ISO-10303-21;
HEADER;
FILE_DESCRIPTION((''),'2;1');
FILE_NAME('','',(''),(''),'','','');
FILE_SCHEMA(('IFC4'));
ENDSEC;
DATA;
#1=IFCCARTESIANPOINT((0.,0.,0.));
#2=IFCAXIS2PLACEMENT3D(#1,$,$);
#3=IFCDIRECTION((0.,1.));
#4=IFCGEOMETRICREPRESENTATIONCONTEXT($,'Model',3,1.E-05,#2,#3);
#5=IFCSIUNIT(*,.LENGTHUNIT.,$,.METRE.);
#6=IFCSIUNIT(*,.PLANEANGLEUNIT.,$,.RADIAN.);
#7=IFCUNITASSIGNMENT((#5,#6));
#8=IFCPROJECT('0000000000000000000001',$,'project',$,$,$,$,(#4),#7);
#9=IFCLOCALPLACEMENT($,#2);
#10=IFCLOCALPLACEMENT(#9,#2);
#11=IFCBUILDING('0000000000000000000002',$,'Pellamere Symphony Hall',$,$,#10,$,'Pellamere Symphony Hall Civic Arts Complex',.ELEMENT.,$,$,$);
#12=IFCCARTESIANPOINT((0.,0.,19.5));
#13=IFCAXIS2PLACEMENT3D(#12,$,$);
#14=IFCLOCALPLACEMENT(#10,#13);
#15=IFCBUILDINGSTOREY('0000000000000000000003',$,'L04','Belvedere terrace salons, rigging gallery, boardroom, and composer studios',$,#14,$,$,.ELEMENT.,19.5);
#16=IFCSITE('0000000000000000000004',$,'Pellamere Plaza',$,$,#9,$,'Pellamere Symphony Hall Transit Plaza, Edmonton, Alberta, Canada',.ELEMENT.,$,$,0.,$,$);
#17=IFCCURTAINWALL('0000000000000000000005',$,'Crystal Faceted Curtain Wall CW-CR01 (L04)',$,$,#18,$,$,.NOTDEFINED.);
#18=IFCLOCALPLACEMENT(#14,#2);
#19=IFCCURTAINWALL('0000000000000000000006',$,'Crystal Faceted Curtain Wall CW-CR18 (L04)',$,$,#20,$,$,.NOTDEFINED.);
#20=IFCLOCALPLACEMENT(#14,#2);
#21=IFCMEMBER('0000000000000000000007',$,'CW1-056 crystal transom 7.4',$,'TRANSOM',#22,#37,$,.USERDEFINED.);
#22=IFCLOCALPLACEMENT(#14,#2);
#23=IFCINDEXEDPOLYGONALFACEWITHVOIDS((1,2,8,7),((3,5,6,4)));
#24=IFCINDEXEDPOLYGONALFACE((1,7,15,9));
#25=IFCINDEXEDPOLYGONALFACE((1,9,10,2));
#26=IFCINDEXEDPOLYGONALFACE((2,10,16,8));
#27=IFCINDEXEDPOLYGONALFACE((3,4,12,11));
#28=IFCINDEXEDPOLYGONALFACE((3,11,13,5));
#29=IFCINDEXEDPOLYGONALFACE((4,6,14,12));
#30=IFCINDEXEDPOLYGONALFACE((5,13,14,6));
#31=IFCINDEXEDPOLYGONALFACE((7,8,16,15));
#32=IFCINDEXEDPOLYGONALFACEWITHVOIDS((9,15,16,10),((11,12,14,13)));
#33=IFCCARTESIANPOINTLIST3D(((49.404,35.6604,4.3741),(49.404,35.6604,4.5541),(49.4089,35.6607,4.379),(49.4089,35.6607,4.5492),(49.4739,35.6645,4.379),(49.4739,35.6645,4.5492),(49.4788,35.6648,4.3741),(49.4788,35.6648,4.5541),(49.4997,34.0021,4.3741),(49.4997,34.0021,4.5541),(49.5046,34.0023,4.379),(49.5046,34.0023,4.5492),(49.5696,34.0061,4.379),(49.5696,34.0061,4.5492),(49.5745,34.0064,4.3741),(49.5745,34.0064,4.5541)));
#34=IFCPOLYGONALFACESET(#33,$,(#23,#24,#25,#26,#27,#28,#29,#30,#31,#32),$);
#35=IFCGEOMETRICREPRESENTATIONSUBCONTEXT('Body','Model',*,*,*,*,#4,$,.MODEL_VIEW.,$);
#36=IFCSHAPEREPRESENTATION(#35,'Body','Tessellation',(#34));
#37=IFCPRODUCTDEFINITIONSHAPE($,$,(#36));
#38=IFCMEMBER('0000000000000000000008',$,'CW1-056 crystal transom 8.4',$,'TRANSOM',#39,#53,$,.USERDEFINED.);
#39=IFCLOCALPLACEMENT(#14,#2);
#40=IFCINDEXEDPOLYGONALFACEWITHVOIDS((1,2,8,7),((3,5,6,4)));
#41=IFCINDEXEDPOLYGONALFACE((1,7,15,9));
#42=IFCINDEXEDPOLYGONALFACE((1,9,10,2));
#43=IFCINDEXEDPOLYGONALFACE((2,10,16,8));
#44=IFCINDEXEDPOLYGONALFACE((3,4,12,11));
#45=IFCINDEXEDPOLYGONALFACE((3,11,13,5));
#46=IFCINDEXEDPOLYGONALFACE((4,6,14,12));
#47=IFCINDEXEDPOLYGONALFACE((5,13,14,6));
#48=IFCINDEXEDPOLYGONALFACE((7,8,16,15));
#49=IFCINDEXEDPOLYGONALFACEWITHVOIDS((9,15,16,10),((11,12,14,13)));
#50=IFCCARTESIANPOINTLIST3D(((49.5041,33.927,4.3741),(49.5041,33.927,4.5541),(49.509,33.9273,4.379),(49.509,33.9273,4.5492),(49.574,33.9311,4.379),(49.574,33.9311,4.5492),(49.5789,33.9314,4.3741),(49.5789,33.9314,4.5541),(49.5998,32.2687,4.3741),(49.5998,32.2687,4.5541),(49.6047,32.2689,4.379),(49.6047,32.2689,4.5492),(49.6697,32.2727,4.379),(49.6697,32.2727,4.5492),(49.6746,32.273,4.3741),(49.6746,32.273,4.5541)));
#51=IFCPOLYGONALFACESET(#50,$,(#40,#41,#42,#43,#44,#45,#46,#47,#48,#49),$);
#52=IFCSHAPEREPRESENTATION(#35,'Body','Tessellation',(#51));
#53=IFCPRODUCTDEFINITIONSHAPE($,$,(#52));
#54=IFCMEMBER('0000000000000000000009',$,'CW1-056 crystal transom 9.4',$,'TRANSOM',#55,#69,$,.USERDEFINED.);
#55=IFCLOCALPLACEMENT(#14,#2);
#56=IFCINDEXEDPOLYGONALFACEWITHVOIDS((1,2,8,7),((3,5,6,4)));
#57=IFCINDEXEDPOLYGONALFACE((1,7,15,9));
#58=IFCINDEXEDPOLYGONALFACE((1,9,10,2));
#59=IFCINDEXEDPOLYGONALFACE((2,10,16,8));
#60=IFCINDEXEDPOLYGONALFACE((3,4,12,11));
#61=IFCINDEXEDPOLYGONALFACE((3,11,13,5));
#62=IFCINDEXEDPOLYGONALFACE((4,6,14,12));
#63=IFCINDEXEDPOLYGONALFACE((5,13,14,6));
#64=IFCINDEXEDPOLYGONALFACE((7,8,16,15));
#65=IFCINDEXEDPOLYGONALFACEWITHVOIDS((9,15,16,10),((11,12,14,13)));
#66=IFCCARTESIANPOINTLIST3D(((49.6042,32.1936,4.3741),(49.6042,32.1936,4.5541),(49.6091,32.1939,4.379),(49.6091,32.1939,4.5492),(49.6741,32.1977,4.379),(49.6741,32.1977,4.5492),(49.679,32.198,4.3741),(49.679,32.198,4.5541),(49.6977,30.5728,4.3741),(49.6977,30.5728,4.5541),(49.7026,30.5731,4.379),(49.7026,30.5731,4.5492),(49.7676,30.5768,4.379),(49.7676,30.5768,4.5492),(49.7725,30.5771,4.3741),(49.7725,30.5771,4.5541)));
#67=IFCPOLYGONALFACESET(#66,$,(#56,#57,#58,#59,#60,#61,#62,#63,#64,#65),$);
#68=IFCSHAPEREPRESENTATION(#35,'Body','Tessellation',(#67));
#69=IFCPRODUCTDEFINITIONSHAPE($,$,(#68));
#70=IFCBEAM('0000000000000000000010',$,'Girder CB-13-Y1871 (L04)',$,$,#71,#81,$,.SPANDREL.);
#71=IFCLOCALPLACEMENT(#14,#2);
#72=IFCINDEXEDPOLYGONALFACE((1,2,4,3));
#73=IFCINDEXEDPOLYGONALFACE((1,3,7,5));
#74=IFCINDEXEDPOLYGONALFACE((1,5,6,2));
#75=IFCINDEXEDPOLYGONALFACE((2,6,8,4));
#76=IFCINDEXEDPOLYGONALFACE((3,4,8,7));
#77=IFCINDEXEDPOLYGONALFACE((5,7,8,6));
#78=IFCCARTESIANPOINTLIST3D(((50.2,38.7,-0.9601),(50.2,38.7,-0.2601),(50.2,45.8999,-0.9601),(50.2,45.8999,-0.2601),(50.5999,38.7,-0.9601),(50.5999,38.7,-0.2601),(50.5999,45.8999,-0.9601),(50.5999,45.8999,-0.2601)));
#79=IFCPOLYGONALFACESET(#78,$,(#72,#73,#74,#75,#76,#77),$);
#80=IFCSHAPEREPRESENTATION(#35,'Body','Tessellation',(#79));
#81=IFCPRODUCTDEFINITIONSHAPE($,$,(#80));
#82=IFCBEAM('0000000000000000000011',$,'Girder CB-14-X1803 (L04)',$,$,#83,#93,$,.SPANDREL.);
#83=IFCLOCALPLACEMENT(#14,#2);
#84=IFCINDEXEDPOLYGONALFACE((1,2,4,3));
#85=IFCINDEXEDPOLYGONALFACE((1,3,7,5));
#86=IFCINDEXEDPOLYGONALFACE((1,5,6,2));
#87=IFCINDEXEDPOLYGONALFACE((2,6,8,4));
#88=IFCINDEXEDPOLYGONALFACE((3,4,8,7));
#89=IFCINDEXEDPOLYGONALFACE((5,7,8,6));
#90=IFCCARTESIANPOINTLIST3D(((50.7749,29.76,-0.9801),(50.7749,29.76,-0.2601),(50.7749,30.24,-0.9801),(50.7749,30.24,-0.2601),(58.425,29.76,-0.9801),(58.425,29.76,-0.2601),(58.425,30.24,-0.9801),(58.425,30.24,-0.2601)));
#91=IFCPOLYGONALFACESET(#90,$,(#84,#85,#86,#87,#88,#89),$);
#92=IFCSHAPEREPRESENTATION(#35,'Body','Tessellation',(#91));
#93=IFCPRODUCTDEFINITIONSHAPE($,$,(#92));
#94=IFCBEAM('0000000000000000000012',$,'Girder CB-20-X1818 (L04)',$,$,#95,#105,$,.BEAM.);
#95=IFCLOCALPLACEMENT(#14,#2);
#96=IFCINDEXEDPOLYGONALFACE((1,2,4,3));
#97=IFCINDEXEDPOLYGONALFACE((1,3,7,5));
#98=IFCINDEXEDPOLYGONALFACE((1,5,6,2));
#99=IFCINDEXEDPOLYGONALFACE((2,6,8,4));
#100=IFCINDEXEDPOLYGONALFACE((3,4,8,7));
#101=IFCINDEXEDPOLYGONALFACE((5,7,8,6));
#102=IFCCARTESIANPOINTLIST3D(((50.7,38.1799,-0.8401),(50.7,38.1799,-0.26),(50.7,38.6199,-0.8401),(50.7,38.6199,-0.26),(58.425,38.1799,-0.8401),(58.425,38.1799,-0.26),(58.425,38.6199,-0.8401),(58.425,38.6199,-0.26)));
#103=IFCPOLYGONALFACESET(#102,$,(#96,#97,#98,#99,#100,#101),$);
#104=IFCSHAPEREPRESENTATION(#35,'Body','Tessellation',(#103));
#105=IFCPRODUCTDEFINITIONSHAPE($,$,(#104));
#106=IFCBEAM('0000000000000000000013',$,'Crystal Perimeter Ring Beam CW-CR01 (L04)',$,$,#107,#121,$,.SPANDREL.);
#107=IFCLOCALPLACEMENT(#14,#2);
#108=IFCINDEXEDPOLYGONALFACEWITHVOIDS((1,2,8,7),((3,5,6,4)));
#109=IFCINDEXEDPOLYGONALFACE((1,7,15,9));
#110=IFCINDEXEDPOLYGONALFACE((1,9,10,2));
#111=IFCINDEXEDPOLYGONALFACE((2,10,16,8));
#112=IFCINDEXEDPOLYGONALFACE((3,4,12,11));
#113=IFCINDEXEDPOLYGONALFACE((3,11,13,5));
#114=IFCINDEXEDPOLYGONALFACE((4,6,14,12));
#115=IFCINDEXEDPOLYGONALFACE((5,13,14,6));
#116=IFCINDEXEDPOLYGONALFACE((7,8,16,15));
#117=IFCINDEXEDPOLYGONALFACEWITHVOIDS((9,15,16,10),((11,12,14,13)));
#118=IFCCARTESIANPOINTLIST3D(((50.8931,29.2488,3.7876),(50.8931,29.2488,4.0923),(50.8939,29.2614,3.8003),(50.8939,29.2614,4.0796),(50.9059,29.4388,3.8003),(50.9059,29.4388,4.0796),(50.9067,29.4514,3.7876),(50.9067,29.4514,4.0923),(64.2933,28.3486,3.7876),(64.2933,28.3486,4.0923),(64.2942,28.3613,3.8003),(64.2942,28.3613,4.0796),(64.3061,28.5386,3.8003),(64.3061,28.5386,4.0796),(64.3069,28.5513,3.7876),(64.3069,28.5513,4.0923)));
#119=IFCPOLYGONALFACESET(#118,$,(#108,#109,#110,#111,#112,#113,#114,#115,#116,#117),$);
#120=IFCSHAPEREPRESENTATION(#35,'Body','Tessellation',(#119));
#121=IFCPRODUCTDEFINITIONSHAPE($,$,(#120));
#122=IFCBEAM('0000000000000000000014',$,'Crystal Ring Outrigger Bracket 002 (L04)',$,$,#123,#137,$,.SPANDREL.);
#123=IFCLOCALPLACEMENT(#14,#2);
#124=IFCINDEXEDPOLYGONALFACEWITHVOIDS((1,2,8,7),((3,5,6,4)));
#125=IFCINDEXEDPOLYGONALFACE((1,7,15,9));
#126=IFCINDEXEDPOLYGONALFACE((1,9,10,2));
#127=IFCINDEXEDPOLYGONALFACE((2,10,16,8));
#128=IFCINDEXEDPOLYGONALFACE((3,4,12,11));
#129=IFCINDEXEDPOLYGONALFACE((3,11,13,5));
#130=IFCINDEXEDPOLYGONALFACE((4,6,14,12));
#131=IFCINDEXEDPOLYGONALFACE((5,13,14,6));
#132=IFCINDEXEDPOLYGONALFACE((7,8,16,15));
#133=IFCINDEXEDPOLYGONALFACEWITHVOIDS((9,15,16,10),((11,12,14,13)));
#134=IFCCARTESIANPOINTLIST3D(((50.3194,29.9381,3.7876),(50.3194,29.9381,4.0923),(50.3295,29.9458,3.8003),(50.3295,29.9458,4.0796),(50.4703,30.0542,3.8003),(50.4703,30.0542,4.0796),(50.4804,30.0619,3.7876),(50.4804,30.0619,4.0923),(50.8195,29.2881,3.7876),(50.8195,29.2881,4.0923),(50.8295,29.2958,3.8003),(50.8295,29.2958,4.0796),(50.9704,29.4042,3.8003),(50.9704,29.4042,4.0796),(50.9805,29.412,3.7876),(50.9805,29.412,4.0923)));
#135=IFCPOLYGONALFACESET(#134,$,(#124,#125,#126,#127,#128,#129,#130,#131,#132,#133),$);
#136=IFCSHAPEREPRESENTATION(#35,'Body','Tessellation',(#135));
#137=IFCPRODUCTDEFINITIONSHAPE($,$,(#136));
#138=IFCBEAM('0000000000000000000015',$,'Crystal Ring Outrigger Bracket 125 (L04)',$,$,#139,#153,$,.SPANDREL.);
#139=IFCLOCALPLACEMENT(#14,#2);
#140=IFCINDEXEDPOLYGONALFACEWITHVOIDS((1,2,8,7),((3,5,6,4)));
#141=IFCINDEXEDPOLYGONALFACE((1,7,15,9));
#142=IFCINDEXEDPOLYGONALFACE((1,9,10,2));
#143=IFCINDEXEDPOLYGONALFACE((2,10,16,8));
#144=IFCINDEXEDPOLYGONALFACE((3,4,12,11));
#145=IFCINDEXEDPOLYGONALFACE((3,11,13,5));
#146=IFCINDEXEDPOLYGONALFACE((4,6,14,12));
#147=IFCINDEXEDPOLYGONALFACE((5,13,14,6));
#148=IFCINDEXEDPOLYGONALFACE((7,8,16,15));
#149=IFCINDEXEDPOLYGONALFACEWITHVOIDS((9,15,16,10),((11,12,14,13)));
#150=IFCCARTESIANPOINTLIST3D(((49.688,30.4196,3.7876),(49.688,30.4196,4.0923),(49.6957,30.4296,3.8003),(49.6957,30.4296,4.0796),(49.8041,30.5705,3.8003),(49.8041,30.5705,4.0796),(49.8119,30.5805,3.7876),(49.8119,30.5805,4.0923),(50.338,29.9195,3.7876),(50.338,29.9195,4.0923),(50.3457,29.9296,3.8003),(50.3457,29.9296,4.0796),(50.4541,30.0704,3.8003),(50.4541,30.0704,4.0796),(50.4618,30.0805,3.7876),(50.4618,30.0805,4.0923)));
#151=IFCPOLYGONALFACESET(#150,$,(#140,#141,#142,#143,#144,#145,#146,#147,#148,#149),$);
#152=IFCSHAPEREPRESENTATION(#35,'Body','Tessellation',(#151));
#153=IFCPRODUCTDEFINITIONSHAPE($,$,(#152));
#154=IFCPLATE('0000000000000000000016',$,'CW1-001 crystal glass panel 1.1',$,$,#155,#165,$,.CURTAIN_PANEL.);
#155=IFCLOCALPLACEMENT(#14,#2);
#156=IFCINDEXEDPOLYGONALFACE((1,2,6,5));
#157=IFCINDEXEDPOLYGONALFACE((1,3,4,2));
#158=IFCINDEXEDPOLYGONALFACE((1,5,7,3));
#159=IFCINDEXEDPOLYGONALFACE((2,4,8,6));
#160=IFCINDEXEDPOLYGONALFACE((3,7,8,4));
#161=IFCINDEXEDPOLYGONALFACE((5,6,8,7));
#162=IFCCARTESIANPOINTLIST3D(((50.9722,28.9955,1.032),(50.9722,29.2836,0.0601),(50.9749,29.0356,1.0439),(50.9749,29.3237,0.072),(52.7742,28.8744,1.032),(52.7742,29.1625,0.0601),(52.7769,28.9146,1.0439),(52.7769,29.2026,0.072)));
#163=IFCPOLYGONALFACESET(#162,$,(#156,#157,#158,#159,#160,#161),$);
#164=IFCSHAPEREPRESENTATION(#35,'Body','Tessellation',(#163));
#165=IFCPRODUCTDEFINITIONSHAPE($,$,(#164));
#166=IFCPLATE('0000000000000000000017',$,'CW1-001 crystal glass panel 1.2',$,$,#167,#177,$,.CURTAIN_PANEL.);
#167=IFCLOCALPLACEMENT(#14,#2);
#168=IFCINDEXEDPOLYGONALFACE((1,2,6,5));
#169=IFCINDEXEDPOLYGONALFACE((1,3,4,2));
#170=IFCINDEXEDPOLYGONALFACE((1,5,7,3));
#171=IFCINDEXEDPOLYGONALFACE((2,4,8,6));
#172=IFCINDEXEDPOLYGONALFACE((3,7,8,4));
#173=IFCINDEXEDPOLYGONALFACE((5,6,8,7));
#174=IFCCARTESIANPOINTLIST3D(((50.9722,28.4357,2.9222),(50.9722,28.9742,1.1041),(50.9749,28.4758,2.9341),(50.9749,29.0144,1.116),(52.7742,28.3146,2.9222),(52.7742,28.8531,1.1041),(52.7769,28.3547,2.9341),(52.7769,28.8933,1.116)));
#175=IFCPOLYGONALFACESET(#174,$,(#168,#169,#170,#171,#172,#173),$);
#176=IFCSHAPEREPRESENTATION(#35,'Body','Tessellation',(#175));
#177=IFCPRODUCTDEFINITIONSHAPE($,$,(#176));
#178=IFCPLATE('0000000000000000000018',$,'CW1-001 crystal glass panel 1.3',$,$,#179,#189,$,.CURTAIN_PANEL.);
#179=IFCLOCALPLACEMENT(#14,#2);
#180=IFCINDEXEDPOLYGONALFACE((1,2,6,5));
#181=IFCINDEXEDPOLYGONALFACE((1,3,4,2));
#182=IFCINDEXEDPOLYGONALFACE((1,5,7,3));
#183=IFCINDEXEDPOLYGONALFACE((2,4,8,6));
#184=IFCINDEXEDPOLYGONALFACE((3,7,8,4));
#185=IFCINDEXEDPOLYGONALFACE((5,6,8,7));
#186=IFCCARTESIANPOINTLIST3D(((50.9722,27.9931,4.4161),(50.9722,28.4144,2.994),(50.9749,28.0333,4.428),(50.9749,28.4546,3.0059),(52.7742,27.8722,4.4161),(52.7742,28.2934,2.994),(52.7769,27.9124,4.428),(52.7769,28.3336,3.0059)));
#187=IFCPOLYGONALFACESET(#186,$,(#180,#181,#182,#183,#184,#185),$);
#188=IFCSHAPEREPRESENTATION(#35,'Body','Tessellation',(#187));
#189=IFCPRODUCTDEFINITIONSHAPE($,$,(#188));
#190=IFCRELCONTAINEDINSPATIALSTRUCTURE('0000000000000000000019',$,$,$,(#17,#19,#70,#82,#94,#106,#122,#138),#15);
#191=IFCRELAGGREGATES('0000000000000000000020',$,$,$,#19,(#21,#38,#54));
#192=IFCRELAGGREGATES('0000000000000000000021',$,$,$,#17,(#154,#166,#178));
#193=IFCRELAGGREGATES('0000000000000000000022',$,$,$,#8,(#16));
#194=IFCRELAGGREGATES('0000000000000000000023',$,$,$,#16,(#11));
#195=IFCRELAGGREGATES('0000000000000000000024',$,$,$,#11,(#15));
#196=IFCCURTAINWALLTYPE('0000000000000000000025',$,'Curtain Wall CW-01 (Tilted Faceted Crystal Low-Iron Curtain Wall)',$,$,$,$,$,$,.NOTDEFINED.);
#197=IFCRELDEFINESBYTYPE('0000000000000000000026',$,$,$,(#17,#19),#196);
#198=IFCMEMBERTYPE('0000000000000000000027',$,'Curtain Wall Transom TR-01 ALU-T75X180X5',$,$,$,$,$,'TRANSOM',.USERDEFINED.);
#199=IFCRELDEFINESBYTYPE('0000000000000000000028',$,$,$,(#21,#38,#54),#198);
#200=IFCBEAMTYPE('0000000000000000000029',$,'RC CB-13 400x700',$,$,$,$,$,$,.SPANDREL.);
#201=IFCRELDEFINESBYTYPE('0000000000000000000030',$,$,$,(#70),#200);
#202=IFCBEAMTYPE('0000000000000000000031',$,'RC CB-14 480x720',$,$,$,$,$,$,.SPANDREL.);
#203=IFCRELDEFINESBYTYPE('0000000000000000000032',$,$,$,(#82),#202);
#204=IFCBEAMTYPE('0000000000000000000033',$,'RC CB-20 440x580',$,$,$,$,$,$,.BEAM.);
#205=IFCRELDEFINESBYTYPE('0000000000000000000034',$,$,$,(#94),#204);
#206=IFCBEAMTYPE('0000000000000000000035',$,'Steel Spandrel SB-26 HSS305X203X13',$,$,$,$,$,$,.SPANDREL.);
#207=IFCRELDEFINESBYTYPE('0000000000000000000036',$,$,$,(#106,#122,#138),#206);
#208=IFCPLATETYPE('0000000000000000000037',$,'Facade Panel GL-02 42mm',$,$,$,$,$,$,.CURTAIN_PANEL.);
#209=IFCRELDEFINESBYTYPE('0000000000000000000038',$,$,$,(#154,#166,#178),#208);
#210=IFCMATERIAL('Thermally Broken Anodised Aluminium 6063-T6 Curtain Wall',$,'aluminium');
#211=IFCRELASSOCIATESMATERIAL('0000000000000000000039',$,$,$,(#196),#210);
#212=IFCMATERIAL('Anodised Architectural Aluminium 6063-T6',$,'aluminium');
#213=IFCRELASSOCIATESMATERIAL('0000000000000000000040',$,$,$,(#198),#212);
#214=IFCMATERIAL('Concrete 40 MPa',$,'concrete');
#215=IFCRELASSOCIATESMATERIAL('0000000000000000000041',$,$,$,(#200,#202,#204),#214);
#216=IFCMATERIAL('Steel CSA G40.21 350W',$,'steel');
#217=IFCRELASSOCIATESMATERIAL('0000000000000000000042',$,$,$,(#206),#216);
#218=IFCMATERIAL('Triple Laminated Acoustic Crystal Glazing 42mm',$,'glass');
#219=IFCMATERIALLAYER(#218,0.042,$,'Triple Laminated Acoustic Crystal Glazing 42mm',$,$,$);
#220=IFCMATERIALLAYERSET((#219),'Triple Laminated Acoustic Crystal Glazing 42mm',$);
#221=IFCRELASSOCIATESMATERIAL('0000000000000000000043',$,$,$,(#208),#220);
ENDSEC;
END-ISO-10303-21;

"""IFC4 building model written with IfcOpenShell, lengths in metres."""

from ifc_helpers import new_model, si_unit, direction, frame, origin, origin_2d, place, context, subcontext, project, spatial, polyline, rectangle, hollow_rectangle, outline, extrude, material, layer, layer_set, material_profile, profile_set, type_object, element, aggregate, save


model = new_model("IFC4")

# Units and contexts
model_context = context("Model", 3, precision=1e-05, world=origin(), true_north=direction((0.0, 1.0)))
body_context = subcontext(model_context, "Body", "Model", "MODEL_VIEW")
ifc_project = project(units=[si_unit("LENGTHUNIT", "METRE"), si_unit("PLANEANGLEUNIT", "RADIAN")], contexts=[model_context])

# Site, building, storey
site_placement = place(None, origin())
site = spatial("IfcSite", under=ifc_project, at=site_placement, Name="Pellamere Plaza", LongName="Pellamere Symphony Hall Transit Plaza, Edmonton, Alberta, Canada", CompositionType="ELEMENT", RefElevation=0.0)
building_placement = place(site_placement, origin())
building = spatial("IfcBuilding", under=site, at=building_placement, Name="Pellamere Symphony Hall", LongName="Pellamere Symphony Hall Civic Arts Complex", CompositionType="ELEMENT")
storey_placement = place(building_placement, frame((0.0, 0.0, 19.5)))
storey = spatial("IfcBuildingStorey", under=building, at=storey_placement, Name="L04", Description="Belvedere terrace salons, rigging gallery, boardroom, and composer studios", CompositionType="ELEMENT", Elevation=19.5)

# Shared definitions
ifc_material_1 = material(Name="Concrete 40 MPa", Category="concrete")

# Curtain walls, members
ifc_material_2 = material(Name="Thermally Broken Anodised Aluminium 6063-T6 Curtain Wall", Category="aluminium")
curtain_wall_type = type_object("IfcCurtainWallType", Name="Curtain Wall CW-01 (Tilted Faceted Crystal Low-Iron Curtain Wall)", PredefinedType="NOTDEFINED", material=ifc_material_2)
curtain_wall_1_placement = place(storey_placement, origin())
curtain_wall_1 = element("IfcCurtainWall", 1, at=curtain_wall_1_placement, inside=storey, type_object=curtain_wall_type, Name="Crystal Faceted Curtain Wall CW-CR01 (L04)", PredefinedType="NOTDEFINED")
ifc_material_3 = material(Name="Anodised Architectural Aluminium 6063-T6", Category="aluminium")
ifc_material_profile_1 = material_profile(ifc_material_3, hollow_rectangle(XDim=0.075, YDim=0.1799, WallThickness=0.0049, at=origin_2d()), Name="ALU-T75X180X5")
ifc_profile_set_1 = profile_set([ifc_material_profile_1], Name="Anodised Architectural Aluminium 6063-T6")
member_type_1 = type_object("IfcMemberType", Name="Curtain Wall Transom TR-01 ALU-T75X180X5", ElementType="TRANSOM", PredefinedType="USERDEFINED", material=ifc_profile_set_1)
curtain_wall_2_placement = place(storey_placement, origin())
curtain_wall_2 = element("IfcCurtainWall", 2, at=curtain_wall_2_placement, inside=storey, type_object=curtain_wall_type, Name="Crystal Faceted Curtain Wall CW-CR18 (L04)", PredefinedType="NOTDEFINED")
member_1_placement = place(storey_placement, frame((49.4414, 35.6626, 4.4641), z_axis=(0.057611, -0.998339, 0.0), x_axis=(0.998339, 0.057611, 0.0)))
member_1 = element("IfcMember", 3, at=member_1_placement, type_object=member_type_1, Name="CW1-056 crystal transom 7.4", ObjectType="TRANSOM", PredefinedType="USERDEFINED", context=body_context, shape_type="SweptSolid", body=[
    extrude(hollow_rectangle(XDim=0.075, YDim=0.1799, WallThickness=0.0049, at=origin_2d()), origin(), (0.0, 0.0, 1.0), 1.6611),
])
member_2_placement = place(storey_placement, frame((49.5415, 33.9292, 4.4641), z_axis=(0.057611, -0.998339, 0.0), x_axis=(0.998339, 0.057611, 0.0)))
member_2 = element("IfcMember", 4, at=member_2_placement, type_object=member_type_1, Name="CW1-056 crystal transom 8.4", ObjectType="TRANSOM", PredefinedType="USERDEFINED", context=body_context, shape_type="SweptSolid", body=[
    extrude(hollow_rectangle(XDim=0.075, YDim=0.1799, WallThickness=0.0049, at=origin_2d()), origin(), (0.0, 0.0, 1.0), 1.6611),
])
member_3_placement = place(storey_placement, frame((49.6416, 32.1958, 4.4641), z_axis=(0.057594, -0.99834, 0.0), x_axis=(0.99834, 0.057594, 0.0)))
member_3 = element("IfcMember", 5, at=member_3_placement, type_object=member_type_1, Name="CW1-056 crystal transom 9.4", ObjectType="TRANSOM", PredefinedType="USERDEFINED", context=body_context, shape_type="SweptSolid", body=[
    extrude(hollow_rectangle(XDim=0.075, YDim=0.1799, WallThickness=0.0049, at=origin_2d()), origin(), (0.0, 0.0, 1.0), 1.6235),
])
aggregate(curtain_wall_2, [member_1, member_2, member_3])

# Beams
ifc_material_profile_2 = material_profile(ifc_material_1, rectangle(XDim=0.3999, YDim=0.7, at=origin_2d()), Name="RC 400x700")
ifc_profile_set_2 = profile_set([ifc_material_profile_2], Name="Concrete 40 MPa")
beam_type_1 = type_object("IfcBeamType", Name="RC CB-13 400x700", PredefinedType="SPANDREL", material=ifc_profile_set_2)
beam_1_placement = place(storey_placement, frame((50.3999, 38.7, -0.6101), z_axis=(0.0, 1.0, 0.0), x_axis=(-1.0, 0.0, 0.0)))
element("IfcBeam", 6, at=beam_1_placement, inside=storey, type_object=beam_type_1, Name="Girder CB-13-Y1871 (L04)", PredefinedType="SPANDREL", context=body_context, shape_type="SweptSolid", body=[
    extrude(rectangle(XDim=0.3999, YDim=0.7, at=origin_2d()), origin(), (0.0, 0.0, 1.0), 7.2),
])
ifc_material_profile_3 = material_profile(ifc_material_1, rectangle(XDim=0.48, YDim=0.72, at=origin_2d()), Name="RC 480x720")
ifc_profile_set_3 = profile_set([ifc_material_profile_3], Name="Concrete 40 MPa")
beam_type_2 = type_object("IfcBeamType", Name="RC CB-14 480x720", PredefinedType="SPANDREL", material=ifc_profile_set_3)
beam_2_placement = place(storey_placement, frame((50.7749, 30.0, -0.6201), z_axis=(1.0, 0.0, 0.0), x_axis=(0.0, 1.0, 0.0)))
element("IfcBeam", 7, at=beam_2_placement, inside=storey, type_object=beam_type_2, Name="Girder CB-14-X1803 (L04)", PredefinedType="SPANDREL", context=body_context, shape_type="SweptSolid", body=[
    extrude(rectangle(XDim=0.48, YDim=0.72, at=origin_2d()), origin(), (0.0, 0.0, 1.0), 7.6501),
])
ifc_material_profile_4 = material_profile(ifc_material_1, rectangle(XDim=0.4399, YDim=0.5801, at=origin_2d()), Name="RC 440x580")
ifc_profile_set_4 = profile_set([ifc_material_profile_4], Name="Concrete 40 MPa")
beam_type_3 = type_object("IfcBeamType", Name="RC CB-20 440x580", PredefinedType="BEAM", material=ifc_profile_set_4)
beam_3_placement = place(storey_placement, frame((50.7, 38.3999, -0.55), z_axis=(1.0, 0.0, 0.0), x_axis=(0.0, 1.0, 0.0)))
element("IfcBeam", 8, at=beam_3_placement, inside=storey, type_object=beam_type_3, Name="Girder CB-20-X1818 (L04)", PredefinedType="BEAM", context=body_context, shape_type="SweptSolid", body=[
    extrude(rectangle(XDim=0.4399, YDim=0.5801, at=origin_2d()), origin(), (0.0, 0.0, 1.0), 7.7251),
])
ifc_material_4 = material(Name="Steel CSA G40.21 350W", Category="steel")
ifc_material_profile_5 = material_profile(ifc_material_4, hollow_rectangle(XDim=0.2031, YDim=0.3047, WallThickness=0.0127, at=origin_2d()), Name="HSS305X203X13")
ifc_profile_set_5 = profile_set([ifc_material_profile_5], Name="Steel CSA G40.21 350W")
beam_type_4 = type_object("IfcBeamType", Name="Steel Spandrel SB-26 HSS305X203X13", PredefinedType="SPANDREL", material=ifc_profile_set_5)
beam_4_placement = place(storey_placement, frame((50.8999, 29.3501, 3.9399), z_axis=(0.997751, -0.067023, 0.0), x_axis=(0.067023, 0.997751, 0.0)))
element("IfcBeam", 9, at=beam_4_placement, inside=storey, type_object=beam_type_4, Name="Crystal Perimeter Ring Beam CW-CR01 (L04)", PredefinedType="SPANDREL", context=body_context, shape_type="SweptSolid", body=[
    extrude(hollow_rectangle(XDim=0.2031, YDim=0.3047, WallThickness=0.0127, at=origin_2d()), origin(), (0.0, 0.0, 1.0), 13.4304),
])
for number, where, z_axis, x_axis, name in (
    (10, (50.3999, 30.0, 3.9399), (0.609768, -0.79258, 0.0), (0.79258, 0.609768, 0.0), "Crystal Ring Outrigger Bracket 002 (L04)"),
    (11, (50.3999, 30.0, 3.9399), (-0.79258, 0.609768, 0.0), (-0.609768, -0.79258, 0.0), "Crystal Ring Outrigger Bracket 125 (L04)"),
):
    element("IfcBeam", number, at=place(storey_placement, frame(where, z_axis=z_axis, x_axis=x_axis)), inside=storey, type_object=beam_type_4, Name=name, PredefinedType="SPANDREL", context=body_context, shape_type="SweptSolid", body=[
        extrude(hollow_rectangle(XDim=0.2031, YDim=0.3047, WallThickness=0.0127, at=origin_2d()), origin(), (0.0, 0.0, 1.0), 0.8201),
    ])

# Plates
ifc_material_5 = material(Name="Triple Laminated Acoustic Crystal Glazing 42mm", Category="glass")
ifc_layer_1 = layer(ifc_material_5, 0.042, Name="Triple Laminated Acoustic Crystal Glazing 42mm")
ifc_layer_set_1 = layer_set([ifc_layer_1], Name="Triple Laminated Acoustic Crystal Glazing 42mm")
plate_type_1 = type_object("IfcPlateType", Name="Facade Panel GL-02 42mm", PredefinedType="CURTAIN_PANEL", material=ifc_layer_set_1)
plate_1_placement = place(storey_placement, frame((50.9749, 29.3237, 0.072), z_axis=(0.064296, 0.956785, 0.283599), x_axis=(0.99775, -0.067048, 0.0)))
plate_1 = element("IfcPlate", 12, at=plate_1_placement, type_object=plate_type_1, Name="CW1-001 crystal glass panel 1.1", PredefinedType="CURTAIN_PANEL", context=body_context, shape_type="SweptSolid", body=[
    extrude(outline(polyline([(0.0, 0.0), (1.8061, 0.0), (1.8254, -1.0135), (0.0193, -1.0135), (0.0, 0.0)])), origin(), (0.0, 0.0, -1.0), 0.042),
])
plate_2_placement = place(storey_placement, frame((50.9749, 29.0144, 1.116), z_axis=(0.064299, 0.956832, 0.283439), x_axis=(0.99775, -0.067048, 0.0)))
plate_2 = element("IfcPlate", 13, at=plate_2_placement, type_object=plate_type_1, Name="CW1-001 crystal glass panel 1.2", PredefinedType="CURTAIN_PANEL", context=body_context, shape_type="SweptSolid", body=[
    extrude(outline(polyline([(0.0, 0.0), (1.8061, 0.0), (1.8422, -1.8959), (0.0361, -1.8959), (0.0, 0.0)])), origin(), (0.0, 0.0, -1.0), 0.042),
])
plate_3_placement = place(storey_placement, frame((50.9749, 28.4546, 3.0059), z_axis=(0.064234, 0.956837, 0.283437), x_axis=(0.997754, -0.066986, 0.000018)))
plate_3 = element("IfcPlate", 14, at=plate_3_placement, type_object=plate_type_1, Name="CW1-001 crystal glass panel 1.3", PredefinedType="CURTAIN_PANEL", context=body_context, shape_type="SweptSolid", body=[
    extrude(outline(polyline([(0.0, 0.0), (1.8061, 0.0), (1.8343, -1.4829), (0.0283, -1.483), (0.0, 0.0)])), origin(), (0.0, 0.0, -1.0), 0.042),
])
aggregate(curtain_wall_1, [plate_1, plate_2, plate_3])

save(model, "model.ifc")
